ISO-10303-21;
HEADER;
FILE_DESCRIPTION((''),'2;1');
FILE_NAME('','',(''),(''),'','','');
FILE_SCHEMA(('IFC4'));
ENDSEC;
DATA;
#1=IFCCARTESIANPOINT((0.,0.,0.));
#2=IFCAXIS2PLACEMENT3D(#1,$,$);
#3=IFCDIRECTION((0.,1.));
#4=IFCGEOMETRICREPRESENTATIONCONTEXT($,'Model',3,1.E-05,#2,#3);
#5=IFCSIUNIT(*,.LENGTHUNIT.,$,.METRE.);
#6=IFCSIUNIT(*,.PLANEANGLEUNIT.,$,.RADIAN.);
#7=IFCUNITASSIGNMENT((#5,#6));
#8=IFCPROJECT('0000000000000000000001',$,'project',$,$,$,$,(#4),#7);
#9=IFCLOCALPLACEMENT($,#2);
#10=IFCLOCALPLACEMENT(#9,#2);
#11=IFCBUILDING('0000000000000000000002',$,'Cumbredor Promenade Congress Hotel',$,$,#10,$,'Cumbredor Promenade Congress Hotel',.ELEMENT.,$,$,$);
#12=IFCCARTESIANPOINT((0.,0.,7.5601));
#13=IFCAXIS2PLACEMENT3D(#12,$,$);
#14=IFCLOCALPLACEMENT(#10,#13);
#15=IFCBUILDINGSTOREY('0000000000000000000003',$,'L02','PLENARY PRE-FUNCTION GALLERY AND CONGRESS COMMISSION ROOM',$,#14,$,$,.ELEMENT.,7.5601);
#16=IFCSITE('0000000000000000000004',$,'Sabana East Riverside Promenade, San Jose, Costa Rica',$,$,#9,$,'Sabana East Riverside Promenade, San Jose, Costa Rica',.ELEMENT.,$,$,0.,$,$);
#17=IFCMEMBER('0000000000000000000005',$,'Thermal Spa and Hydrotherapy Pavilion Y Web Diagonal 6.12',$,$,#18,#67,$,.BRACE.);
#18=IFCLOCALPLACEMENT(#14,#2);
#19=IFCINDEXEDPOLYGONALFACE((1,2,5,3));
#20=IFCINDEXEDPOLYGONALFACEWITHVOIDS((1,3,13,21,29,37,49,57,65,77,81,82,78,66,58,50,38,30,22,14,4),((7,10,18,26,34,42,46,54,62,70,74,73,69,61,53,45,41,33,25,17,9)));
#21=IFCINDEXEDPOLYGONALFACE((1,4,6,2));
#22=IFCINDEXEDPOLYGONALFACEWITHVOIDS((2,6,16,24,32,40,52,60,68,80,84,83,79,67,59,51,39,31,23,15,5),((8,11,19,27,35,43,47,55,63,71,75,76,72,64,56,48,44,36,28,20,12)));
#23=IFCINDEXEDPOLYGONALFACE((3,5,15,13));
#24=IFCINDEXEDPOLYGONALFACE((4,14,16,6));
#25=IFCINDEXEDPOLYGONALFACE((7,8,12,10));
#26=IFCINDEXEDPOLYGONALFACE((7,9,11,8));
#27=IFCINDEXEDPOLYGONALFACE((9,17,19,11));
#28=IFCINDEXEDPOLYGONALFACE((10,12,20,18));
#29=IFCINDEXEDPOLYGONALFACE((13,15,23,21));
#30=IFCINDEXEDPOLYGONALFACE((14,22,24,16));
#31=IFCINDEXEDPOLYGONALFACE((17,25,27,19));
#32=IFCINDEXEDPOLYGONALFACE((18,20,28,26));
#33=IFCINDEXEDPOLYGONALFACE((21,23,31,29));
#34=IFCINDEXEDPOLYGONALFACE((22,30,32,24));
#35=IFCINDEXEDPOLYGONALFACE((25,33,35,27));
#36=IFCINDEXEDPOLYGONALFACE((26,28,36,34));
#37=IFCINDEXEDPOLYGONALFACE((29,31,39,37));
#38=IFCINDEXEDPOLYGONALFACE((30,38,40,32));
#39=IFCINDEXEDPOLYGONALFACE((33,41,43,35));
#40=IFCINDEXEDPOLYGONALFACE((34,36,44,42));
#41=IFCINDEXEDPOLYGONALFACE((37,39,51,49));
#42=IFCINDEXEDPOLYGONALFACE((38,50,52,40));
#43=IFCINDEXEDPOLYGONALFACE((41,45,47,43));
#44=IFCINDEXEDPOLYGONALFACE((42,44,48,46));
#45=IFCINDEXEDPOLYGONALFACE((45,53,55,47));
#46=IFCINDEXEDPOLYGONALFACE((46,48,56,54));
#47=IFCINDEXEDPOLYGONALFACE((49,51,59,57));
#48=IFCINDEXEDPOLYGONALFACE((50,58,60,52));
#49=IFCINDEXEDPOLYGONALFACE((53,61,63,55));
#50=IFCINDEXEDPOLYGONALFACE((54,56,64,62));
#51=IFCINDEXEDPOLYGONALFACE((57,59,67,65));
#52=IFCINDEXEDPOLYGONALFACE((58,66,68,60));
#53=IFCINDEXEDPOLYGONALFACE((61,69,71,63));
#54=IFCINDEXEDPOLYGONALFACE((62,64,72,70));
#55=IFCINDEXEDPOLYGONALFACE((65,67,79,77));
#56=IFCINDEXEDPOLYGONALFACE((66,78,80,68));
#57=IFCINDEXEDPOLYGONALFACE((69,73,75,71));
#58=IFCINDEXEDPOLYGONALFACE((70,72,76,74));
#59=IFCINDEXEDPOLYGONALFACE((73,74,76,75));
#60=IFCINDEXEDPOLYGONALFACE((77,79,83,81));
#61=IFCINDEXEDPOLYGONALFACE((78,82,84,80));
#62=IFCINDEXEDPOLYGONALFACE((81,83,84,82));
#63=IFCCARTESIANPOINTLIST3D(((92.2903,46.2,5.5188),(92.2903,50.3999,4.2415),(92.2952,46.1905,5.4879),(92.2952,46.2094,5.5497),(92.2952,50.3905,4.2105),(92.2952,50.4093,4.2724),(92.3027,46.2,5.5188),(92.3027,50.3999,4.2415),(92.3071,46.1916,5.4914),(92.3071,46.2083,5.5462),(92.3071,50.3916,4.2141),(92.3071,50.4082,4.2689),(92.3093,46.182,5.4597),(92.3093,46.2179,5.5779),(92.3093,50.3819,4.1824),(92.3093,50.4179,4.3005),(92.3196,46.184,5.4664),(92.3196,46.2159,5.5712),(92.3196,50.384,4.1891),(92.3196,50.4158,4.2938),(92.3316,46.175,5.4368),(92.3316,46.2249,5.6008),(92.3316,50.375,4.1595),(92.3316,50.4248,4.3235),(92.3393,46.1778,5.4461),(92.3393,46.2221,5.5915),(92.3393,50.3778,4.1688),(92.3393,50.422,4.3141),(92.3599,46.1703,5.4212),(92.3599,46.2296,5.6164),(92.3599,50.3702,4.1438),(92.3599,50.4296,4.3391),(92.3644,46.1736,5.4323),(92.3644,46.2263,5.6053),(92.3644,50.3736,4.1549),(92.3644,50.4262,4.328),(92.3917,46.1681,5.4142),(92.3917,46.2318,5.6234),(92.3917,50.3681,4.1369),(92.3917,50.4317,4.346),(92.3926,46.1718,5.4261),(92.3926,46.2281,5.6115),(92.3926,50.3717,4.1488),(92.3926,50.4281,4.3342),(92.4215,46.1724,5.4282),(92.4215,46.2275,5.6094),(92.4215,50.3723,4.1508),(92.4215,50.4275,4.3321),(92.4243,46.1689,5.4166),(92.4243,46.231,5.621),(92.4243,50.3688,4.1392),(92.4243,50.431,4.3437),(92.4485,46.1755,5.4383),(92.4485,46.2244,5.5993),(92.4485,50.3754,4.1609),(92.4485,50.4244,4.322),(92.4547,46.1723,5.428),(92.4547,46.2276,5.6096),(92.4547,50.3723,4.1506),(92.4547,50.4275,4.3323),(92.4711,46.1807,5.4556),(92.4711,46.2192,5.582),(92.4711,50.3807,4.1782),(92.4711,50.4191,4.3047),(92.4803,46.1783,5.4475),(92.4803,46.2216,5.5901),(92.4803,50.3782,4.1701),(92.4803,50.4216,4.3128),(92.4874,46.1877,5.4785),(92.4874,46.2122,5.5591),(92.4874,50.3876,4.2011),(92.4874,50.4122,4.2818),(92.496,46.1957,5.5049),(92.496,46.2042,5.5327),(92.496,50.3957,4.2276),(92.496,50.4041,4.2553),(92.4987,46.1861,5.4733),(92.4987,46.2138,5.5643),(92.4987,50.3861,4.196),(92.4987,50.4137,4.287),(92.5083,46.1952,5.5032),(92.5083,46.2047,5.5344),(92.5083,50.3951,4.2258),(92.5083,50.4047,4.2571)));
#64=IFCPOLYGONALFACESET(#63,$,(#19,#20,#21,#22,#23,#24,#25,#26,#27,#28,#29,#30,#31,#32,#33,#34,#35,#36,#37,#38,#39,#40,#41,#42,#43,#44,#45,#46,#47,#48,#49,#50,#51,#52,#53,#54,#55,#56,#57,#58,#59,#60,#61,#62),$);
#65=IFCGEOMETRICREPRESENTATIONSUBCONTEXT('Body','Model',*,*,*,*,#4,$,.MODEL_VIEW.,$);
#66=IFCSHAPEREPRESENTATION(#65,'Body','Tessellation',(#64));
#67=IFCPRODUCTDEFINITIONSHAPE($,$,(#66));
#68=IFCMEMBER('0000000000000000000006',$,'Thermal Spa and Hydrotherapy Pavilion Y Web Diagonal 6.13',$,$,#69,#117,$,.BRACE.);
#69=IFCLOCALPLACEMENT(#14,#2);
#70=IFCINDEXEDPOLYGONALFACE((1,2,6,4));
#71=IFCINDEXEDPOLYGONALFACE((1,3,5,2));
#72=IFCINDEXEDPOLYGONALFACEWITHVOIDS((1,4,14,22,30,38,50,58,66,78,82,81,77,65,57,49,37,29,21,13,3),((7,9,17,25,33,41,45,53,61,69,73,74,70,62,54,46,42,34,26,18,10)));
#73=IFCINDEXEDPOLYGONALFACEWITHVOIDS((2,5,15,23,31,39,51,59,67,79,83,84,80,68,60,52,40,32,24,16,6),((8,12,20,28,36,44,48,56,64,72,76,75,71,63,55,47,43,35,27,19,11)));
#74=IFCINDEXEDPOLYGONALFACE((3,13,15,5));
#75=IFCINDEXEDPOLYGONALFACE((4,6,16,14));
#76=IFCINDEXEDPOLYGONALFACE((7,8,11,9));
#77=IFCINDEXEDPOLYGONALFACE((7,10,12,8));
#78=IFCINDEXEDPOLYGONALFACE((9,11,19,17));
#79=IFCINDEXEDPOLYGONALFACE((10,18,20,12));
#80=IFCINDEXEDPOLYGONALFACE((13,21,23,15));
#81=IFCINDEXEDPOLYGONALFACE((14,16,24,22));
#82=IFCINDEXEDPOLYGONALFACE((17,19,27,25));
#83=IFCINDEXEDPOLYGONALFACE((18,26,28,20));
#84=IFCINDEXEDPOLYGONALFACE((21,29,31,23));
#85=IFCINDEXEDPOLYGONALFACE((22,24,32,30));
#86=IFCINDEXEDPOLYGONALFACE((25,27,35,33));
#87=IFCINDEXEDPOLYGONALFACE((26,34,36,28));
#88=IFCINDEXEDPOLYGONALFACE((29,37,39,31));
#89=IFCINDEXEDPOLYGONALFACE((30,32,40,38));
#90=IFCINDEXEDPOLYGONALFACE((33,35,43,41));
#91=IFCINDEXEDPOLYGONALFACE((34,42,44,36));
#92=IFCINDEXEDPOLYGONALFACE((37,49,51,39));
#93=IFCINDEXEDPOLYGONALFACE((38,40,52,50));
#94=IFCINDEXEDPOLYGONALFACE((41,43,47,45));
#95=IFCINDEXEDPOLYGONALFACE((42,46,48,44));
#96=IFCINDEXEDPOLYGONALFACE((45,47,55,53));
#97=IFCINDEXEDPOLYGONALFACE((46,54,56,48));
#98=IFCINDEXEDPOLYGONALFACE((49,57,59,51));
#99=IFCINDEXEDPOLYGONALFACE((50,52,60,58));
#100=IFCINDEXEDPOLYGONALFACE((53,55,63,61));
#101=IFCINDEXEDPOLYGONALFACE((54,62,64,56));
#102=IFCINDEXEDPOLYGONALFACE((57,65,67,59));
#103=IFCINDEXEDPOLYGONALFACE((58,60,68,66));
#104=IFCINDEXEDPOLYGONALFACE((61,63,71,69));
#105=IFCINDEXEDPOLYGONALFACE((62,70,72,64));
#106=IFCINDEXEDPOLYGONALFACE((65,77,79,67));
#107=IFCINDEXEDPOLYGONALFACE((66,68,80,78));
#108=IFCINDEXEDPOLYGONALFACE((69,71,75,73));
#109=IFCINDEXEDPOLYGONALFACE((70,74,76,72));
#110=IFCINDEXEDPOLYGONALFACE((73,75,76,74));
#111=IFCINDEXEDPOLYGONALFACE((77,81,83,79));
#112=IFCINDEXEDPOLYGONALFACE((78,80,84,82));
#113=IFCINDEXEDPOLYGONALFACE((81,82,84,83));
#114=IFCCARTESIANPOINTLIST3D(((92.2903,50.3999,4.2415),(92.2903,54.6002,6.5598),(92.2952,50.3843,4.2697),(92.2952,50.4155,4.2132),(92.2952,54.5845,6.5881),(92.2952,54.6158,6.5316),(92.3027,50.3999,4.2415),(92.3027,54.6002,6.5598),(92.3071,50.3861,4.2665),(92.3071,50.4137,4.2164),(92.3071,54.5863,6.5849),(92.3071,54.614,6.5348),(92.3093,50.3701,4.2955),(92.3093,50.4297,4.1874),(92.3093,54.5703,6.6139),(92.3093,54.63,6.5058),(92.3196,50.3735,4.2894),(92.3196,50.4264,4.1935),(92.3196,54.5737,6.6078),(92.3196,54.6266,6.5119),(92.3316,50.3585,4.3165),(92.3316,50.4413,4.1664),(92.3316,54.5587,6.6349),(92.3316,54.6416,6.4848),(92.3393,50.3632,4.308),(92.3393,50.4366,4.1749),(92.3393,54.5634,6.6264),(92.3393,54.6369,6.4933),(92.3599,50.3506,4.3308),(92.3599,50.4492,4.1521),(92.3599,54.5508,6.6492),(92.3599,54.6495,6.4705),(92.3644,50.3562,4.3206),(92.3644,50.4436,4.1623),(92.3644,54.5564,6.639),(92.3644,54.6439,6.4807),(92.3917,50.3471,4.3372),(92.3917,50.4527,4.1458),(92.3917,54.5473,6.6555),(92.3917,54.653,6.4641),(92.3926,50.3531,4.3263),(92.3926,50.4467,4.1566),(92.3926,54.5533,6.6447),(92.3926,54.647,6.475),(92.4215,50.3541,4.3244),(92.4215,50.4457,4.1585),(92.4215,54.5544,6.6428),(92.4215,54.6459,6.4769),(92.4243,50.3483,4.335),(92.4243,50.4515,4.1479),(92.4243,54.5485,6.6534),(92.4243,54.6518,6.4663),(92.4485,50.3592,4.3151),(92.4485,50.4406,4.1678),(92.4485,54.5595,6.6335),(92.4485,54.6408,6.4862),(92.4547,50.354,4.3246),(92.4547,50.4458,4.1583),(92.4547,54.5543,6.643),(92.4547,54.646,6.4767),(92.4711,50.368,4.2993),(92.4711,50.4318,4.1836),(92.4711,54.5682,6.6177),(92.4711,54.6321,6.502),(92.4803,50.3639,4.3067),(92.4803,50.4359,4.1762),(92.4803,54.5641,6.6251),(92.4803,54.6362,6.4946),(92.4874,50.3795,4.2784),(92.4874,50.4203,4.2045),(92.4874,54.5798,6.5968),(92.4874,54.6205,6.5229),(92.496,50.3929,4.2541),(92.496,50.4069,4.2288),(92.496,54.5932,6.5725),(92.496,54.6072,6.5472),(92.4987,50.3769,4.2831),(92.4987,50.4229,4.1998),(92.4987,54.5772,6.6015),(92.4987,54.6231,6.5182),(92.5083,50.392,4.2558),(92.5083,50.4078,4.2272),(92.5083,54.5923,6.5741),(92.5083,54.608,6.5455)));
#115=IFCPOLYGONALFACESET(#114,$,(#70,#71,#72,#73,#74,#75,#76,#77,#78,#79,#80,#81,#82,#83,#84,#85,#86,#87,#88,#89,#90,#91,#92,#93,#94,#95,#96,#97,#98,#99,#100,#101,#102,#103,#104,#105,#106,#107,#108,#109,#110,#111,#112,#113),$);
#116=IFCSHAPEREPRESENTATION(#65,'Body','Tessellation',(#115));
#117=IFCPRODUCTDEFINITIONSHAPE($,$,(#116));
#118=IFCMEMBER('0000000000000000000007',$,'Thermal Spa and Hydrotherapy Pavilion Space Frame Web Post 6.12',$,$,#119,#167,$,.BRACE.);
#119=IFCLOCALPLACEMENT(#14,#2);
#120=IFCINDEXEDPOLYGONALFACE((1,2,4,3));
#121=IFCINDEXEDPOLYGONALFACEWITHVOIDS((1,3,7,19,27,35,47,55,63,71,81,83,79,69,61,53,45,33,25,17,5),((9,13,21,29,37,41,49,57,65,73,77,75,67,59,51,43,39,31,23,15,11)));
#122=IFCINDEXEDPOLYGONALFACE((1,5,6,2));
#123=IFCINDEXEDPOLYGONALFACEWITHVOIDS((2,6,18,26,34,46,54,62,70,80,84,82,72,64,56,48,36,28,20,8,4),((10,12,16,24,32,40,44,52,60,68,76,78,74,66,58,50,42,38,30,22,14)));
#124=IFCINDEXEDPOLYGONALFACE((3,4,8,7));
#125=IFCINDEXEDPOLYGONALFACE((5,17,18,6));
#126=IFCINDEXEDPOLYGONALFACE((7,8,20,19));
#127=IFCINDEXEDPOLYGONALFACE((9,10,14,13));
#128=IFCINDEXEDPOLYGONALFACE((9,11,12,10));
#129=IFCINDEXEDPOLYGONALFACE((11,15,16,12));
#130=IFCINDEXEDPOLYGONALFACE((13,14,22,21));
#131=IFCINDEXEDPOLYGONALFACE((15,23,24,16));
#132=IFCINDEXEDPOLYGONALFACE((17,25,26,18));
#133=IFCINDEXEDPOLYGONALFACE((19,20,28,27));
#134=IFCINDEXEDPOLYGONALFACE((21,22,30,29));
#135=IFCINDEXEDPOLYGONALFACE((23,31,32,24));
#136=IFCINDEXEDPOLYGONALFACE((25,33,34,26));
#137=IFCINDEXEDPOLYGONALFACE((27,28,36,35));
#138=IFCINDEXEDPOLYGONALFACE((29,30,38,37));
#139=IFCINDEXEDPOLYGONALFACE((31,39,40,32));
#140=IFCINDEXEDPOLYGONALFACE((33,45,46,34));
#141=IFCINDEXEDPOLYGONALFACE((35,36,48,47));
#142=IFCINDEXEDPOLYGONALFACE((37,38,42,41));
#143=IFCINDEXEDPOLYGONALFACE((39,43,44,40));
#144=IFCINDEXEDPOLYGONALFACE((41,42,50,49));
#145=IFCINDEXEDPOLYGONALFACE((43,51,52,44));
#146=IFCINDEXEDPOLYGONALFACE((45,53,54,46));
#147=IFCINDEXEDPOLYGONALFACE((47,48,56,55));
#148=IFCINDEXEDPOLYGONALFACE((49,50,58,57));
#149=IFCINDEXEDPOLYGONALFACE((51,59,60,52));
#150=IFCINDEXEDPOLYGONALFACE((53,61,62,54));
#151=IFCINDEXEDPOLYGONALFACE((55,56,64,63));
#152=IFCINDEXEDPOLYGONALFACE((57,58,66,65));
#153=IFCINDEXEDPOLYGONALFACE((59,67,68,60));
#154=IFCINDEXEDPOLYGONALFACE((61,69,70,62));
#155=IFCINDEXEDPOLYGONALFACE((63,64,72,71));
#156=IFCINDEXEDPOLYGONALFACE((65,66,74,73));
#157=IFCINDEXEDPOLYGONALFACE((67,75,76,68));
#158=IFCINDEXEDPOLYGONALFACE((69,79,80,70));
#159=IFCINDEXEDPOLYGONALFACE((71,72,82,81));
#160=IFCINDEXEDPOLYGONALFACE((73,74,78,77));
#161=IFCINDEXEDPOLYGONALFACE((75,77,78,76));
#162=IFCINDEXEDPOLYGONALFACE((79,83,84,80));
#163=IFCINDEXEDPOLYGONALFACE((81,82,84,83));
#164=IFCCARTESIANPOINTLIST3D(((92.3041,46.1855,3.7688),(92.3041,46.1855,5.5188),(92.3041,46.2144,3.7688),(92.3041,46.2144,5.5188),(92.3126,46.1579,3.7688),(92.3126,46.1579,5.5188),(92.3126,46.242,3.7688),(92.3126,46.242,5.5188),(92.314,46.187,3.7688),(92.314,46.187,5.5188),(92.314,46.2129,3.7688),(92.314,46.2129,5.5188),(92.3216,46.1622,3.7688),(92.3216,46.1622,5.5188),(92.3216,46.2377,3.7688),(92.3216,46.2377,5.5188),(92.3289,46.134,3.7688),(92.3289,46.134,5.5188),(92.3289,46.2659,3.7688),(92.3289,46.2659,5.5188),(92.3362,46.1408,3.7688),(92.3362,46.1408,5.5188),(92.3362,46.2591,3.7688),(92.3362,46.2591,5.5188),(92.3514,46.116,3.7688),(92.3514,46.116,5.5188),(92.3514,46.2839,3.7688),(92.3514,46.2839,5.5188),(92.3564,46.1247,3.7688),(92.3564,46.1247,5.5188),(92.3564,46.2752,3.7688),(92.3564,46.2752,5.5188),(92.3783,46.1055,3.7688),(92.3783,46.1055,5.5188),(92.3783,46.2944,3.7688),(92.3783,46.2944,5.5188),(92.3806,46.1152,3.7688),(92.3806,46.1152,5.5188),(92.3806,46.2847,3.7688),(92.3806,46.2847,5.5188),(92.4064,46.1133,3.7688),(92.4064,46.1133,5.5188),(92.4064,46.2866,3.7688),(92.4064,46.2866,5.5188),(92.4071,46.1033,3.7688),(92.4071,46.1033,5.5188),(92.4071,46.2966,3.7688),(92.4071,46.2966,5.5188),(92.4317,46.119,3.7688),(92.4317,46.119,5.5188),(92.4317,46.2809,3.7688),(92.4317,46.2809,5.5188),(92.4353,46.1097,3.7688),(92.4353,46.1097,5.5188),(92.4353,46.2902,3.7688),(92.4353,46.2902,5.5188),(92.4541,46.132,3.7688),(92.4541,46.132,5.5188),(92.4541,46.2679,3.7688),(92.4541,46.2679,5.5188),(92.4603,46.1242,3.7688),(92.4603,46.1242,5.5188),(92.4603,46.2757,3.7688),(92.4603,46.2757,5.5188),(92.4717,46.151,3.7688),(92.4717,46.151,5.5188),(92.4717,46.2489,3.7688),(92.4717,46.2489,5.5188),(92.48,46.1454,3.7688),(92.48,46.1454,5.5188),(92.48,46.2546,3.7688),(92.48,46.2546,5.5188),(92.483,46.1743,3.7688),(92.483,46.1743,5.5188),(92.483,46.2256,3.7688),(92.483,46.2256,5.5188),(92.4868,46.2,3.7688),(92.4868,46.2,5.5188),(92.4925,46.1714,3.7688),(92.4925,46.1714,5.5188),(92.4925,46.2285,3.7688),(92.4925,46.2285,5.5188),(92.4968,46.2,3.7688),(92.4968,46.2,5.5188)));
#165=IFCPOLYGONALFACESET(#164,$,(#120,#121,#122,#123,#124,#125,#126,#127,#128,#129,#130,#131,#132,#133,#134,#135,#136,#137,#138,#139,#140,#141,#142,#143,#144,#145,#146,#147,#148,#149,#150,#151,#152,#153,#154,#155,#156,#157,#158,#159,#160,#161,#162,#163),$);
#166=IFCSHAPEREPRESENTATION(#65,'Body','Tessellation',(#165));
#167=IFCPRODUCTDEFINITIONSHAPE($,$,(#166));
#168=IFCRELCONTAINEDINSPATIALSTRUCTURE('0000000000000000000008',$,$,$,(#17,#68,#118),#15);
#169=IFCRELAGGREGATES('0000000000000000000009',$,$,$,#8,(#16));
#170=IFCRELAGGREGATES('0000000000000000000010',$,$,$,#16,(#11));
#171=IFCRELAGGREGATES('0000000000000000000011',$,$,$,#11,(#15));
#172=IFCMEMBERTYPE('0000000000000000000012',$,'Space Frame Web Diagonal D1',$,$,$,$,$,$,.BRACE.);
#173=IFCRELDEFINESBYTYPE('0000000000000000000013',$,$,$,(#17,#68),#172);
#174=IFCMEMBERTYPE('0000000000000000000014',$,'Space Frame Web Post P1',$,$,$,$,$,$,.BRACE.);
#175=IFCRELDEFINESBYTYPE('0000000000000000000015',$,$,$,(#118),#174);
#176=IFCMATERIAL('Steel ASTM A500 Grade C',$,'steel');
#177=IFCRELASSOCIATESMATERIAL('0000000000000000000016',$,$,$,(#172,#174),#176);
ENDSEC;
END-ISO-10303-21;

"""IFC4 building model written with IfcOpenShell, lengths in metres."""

from ifc_helpers import new_model, si_unit, direction, frame, origin, origin_2d, place, context, subcontext, project, spatial, hollow_circle, extrude, material, material_profile, profile_set, type_object, element, save


model = new_model("IFC4")

# Units and contexts
model_context = context("Model", 3, precision=1e-05, world=origin(), true_north=direction((0.0, 1.0)))
body_context = subcontext(model_context, "Body", "Model", "MODEL_VIEW")
ifc_project = project(units=[si_unit("LENGTHUNIT", "METRE"), si_unit("PLANEANGLEUNIT", "RADIAN")], contexts=[model_context])

# Site, building, storey
site_placement = place(None, origin())
site = spatial("IfcSite", under=ifc_project, at=site_placement, Name="Sabana East Riverside Promenade, San Jose, Costa Rica", LongName="Sabana East Riverside Promenade, San Jose, Costa Rica", CompositionType="ELEMENT", RefElevation=0.0)
building_placement = place(site_placement, origin())
building = spatial("IfcBuilding", under=site, at=building_placement, Name="Cumbredor Promenade Congress Hotel", LongName="Cumbredor Promenade Congress Hotel", CompositionType="ELEMENT")
storey_placement = place(building_placement, frame((0.0, 0.0, 7.5601)))
storey = spatial("IfcBuildingStorey", under=building, at=storey_placement, Name="L02", Description="PLENARY PRE-FUNCTION GALLERY AND CONGRESS COMMISSION ROOM", CompositionType="ELEMENT", Elevation=7.5601)

# Members
ifc_material_1 = material(Name="Steel ASTM A500 Grade C", Category="steel")
ifc_material_profile_1 = material_profile(ifc_material_1, hollow_circle(Radius=0.1096, WallThickness=0.0125, at=origin_2d()), Name="CHS 219.1x12.5")
ifc_profile_set_1 = profile_set([ifc_material_profile_1], Name="Steel ASTM A500 Grade C")
member_type_1 = type_object("IfcMemberType", Name="Space Frame Web Diagonal D1", PredefinedType="BRACE", material=ifc_profile_set_1)
member_1_placement = place(storey_placement, frame((92.3999, 46.2, 5.5188), z_axis=(0.0, 0.956731, -0.290974), x_axis=(-1.0, 0.0, 0.0)))
element("IfcMember", 1, at=member_1_placement, inside=storey, type_object=member_type_1, Name="Thermal Spa and Hydrotherapy Pavilion Y Web Diagonal 6.12", PredefinedType="BRACE", context=body_context, shape_type="SweptSolid", body=[
    extrude(hollow_circle(Radius=0.1096, WallThickness=0.0125, at=origin_2d()), origin(), (0.0, 0.0, 1.0), 4.3899),
])
member_2_placement = place(storey_placement, frame((92.3999, 50.3999, 4.2415), z_axis=(0.0, 0.875489, 0.483239), x_axis=(-1.0, 0.0, 0.0)))
element("IfcMember", 2, at=member_2_placement, inside=storey, type_object=member_type_1, Name="Thermal Spa and Hydrotherapy Pavilion Y Web Diagonal 6.13", PredefinedType="BRACE", context=body_context, shape_type="SweptSolid", body=[
    extrude(hollow_circle(Radius=0.1096, WallThickness=0.0125, at=origin_2d()), origin(), (0.0, 0.0, 1.0), 4.7976),
])
ifc_material_profile_2 = material_profile(ifc_material_1, hollow_circle(Radius=0.0969, WallThickness=0.01, at=origin_2d()), Name="CHS 193.7x10")
ifc_profile_set_2 = profile_set([ifc_material_profile_2], Name="Steel ASTM A500 Grade C")
member_type_2 = type_object("IfcMemberType", Name="Space Frame Web Post P1", PredefinedType="BRACE", material=ifc_profile_set_2)
for number, where, z_axis, x_axis, name in (
    (3, (92.3999, 46.2, 3.7688), (0.0, 0.0, 1.0), (1.0, 0.0, 0.0), "Thermal Spa and Hydrotherapy Pavilion Space Frame Web Post 6.12"),
):
    element("IfcMember", number, at=place(storey_placement, frame(where, z_axis=z_axis, x_axis=x_axis)), inside=storey, type_object=member_type_2, Name=name, PredefinedType="BRACE", context=body_context, shape_type="SweptSolid", body=[
        extrude(hollow_circle(Radius=0.0969, WallThickness=0.01, at=origin_2d()), origin(), (0.0, 0.0, 1.0), 1.75),
    ])

save(model, "model.ifc")
